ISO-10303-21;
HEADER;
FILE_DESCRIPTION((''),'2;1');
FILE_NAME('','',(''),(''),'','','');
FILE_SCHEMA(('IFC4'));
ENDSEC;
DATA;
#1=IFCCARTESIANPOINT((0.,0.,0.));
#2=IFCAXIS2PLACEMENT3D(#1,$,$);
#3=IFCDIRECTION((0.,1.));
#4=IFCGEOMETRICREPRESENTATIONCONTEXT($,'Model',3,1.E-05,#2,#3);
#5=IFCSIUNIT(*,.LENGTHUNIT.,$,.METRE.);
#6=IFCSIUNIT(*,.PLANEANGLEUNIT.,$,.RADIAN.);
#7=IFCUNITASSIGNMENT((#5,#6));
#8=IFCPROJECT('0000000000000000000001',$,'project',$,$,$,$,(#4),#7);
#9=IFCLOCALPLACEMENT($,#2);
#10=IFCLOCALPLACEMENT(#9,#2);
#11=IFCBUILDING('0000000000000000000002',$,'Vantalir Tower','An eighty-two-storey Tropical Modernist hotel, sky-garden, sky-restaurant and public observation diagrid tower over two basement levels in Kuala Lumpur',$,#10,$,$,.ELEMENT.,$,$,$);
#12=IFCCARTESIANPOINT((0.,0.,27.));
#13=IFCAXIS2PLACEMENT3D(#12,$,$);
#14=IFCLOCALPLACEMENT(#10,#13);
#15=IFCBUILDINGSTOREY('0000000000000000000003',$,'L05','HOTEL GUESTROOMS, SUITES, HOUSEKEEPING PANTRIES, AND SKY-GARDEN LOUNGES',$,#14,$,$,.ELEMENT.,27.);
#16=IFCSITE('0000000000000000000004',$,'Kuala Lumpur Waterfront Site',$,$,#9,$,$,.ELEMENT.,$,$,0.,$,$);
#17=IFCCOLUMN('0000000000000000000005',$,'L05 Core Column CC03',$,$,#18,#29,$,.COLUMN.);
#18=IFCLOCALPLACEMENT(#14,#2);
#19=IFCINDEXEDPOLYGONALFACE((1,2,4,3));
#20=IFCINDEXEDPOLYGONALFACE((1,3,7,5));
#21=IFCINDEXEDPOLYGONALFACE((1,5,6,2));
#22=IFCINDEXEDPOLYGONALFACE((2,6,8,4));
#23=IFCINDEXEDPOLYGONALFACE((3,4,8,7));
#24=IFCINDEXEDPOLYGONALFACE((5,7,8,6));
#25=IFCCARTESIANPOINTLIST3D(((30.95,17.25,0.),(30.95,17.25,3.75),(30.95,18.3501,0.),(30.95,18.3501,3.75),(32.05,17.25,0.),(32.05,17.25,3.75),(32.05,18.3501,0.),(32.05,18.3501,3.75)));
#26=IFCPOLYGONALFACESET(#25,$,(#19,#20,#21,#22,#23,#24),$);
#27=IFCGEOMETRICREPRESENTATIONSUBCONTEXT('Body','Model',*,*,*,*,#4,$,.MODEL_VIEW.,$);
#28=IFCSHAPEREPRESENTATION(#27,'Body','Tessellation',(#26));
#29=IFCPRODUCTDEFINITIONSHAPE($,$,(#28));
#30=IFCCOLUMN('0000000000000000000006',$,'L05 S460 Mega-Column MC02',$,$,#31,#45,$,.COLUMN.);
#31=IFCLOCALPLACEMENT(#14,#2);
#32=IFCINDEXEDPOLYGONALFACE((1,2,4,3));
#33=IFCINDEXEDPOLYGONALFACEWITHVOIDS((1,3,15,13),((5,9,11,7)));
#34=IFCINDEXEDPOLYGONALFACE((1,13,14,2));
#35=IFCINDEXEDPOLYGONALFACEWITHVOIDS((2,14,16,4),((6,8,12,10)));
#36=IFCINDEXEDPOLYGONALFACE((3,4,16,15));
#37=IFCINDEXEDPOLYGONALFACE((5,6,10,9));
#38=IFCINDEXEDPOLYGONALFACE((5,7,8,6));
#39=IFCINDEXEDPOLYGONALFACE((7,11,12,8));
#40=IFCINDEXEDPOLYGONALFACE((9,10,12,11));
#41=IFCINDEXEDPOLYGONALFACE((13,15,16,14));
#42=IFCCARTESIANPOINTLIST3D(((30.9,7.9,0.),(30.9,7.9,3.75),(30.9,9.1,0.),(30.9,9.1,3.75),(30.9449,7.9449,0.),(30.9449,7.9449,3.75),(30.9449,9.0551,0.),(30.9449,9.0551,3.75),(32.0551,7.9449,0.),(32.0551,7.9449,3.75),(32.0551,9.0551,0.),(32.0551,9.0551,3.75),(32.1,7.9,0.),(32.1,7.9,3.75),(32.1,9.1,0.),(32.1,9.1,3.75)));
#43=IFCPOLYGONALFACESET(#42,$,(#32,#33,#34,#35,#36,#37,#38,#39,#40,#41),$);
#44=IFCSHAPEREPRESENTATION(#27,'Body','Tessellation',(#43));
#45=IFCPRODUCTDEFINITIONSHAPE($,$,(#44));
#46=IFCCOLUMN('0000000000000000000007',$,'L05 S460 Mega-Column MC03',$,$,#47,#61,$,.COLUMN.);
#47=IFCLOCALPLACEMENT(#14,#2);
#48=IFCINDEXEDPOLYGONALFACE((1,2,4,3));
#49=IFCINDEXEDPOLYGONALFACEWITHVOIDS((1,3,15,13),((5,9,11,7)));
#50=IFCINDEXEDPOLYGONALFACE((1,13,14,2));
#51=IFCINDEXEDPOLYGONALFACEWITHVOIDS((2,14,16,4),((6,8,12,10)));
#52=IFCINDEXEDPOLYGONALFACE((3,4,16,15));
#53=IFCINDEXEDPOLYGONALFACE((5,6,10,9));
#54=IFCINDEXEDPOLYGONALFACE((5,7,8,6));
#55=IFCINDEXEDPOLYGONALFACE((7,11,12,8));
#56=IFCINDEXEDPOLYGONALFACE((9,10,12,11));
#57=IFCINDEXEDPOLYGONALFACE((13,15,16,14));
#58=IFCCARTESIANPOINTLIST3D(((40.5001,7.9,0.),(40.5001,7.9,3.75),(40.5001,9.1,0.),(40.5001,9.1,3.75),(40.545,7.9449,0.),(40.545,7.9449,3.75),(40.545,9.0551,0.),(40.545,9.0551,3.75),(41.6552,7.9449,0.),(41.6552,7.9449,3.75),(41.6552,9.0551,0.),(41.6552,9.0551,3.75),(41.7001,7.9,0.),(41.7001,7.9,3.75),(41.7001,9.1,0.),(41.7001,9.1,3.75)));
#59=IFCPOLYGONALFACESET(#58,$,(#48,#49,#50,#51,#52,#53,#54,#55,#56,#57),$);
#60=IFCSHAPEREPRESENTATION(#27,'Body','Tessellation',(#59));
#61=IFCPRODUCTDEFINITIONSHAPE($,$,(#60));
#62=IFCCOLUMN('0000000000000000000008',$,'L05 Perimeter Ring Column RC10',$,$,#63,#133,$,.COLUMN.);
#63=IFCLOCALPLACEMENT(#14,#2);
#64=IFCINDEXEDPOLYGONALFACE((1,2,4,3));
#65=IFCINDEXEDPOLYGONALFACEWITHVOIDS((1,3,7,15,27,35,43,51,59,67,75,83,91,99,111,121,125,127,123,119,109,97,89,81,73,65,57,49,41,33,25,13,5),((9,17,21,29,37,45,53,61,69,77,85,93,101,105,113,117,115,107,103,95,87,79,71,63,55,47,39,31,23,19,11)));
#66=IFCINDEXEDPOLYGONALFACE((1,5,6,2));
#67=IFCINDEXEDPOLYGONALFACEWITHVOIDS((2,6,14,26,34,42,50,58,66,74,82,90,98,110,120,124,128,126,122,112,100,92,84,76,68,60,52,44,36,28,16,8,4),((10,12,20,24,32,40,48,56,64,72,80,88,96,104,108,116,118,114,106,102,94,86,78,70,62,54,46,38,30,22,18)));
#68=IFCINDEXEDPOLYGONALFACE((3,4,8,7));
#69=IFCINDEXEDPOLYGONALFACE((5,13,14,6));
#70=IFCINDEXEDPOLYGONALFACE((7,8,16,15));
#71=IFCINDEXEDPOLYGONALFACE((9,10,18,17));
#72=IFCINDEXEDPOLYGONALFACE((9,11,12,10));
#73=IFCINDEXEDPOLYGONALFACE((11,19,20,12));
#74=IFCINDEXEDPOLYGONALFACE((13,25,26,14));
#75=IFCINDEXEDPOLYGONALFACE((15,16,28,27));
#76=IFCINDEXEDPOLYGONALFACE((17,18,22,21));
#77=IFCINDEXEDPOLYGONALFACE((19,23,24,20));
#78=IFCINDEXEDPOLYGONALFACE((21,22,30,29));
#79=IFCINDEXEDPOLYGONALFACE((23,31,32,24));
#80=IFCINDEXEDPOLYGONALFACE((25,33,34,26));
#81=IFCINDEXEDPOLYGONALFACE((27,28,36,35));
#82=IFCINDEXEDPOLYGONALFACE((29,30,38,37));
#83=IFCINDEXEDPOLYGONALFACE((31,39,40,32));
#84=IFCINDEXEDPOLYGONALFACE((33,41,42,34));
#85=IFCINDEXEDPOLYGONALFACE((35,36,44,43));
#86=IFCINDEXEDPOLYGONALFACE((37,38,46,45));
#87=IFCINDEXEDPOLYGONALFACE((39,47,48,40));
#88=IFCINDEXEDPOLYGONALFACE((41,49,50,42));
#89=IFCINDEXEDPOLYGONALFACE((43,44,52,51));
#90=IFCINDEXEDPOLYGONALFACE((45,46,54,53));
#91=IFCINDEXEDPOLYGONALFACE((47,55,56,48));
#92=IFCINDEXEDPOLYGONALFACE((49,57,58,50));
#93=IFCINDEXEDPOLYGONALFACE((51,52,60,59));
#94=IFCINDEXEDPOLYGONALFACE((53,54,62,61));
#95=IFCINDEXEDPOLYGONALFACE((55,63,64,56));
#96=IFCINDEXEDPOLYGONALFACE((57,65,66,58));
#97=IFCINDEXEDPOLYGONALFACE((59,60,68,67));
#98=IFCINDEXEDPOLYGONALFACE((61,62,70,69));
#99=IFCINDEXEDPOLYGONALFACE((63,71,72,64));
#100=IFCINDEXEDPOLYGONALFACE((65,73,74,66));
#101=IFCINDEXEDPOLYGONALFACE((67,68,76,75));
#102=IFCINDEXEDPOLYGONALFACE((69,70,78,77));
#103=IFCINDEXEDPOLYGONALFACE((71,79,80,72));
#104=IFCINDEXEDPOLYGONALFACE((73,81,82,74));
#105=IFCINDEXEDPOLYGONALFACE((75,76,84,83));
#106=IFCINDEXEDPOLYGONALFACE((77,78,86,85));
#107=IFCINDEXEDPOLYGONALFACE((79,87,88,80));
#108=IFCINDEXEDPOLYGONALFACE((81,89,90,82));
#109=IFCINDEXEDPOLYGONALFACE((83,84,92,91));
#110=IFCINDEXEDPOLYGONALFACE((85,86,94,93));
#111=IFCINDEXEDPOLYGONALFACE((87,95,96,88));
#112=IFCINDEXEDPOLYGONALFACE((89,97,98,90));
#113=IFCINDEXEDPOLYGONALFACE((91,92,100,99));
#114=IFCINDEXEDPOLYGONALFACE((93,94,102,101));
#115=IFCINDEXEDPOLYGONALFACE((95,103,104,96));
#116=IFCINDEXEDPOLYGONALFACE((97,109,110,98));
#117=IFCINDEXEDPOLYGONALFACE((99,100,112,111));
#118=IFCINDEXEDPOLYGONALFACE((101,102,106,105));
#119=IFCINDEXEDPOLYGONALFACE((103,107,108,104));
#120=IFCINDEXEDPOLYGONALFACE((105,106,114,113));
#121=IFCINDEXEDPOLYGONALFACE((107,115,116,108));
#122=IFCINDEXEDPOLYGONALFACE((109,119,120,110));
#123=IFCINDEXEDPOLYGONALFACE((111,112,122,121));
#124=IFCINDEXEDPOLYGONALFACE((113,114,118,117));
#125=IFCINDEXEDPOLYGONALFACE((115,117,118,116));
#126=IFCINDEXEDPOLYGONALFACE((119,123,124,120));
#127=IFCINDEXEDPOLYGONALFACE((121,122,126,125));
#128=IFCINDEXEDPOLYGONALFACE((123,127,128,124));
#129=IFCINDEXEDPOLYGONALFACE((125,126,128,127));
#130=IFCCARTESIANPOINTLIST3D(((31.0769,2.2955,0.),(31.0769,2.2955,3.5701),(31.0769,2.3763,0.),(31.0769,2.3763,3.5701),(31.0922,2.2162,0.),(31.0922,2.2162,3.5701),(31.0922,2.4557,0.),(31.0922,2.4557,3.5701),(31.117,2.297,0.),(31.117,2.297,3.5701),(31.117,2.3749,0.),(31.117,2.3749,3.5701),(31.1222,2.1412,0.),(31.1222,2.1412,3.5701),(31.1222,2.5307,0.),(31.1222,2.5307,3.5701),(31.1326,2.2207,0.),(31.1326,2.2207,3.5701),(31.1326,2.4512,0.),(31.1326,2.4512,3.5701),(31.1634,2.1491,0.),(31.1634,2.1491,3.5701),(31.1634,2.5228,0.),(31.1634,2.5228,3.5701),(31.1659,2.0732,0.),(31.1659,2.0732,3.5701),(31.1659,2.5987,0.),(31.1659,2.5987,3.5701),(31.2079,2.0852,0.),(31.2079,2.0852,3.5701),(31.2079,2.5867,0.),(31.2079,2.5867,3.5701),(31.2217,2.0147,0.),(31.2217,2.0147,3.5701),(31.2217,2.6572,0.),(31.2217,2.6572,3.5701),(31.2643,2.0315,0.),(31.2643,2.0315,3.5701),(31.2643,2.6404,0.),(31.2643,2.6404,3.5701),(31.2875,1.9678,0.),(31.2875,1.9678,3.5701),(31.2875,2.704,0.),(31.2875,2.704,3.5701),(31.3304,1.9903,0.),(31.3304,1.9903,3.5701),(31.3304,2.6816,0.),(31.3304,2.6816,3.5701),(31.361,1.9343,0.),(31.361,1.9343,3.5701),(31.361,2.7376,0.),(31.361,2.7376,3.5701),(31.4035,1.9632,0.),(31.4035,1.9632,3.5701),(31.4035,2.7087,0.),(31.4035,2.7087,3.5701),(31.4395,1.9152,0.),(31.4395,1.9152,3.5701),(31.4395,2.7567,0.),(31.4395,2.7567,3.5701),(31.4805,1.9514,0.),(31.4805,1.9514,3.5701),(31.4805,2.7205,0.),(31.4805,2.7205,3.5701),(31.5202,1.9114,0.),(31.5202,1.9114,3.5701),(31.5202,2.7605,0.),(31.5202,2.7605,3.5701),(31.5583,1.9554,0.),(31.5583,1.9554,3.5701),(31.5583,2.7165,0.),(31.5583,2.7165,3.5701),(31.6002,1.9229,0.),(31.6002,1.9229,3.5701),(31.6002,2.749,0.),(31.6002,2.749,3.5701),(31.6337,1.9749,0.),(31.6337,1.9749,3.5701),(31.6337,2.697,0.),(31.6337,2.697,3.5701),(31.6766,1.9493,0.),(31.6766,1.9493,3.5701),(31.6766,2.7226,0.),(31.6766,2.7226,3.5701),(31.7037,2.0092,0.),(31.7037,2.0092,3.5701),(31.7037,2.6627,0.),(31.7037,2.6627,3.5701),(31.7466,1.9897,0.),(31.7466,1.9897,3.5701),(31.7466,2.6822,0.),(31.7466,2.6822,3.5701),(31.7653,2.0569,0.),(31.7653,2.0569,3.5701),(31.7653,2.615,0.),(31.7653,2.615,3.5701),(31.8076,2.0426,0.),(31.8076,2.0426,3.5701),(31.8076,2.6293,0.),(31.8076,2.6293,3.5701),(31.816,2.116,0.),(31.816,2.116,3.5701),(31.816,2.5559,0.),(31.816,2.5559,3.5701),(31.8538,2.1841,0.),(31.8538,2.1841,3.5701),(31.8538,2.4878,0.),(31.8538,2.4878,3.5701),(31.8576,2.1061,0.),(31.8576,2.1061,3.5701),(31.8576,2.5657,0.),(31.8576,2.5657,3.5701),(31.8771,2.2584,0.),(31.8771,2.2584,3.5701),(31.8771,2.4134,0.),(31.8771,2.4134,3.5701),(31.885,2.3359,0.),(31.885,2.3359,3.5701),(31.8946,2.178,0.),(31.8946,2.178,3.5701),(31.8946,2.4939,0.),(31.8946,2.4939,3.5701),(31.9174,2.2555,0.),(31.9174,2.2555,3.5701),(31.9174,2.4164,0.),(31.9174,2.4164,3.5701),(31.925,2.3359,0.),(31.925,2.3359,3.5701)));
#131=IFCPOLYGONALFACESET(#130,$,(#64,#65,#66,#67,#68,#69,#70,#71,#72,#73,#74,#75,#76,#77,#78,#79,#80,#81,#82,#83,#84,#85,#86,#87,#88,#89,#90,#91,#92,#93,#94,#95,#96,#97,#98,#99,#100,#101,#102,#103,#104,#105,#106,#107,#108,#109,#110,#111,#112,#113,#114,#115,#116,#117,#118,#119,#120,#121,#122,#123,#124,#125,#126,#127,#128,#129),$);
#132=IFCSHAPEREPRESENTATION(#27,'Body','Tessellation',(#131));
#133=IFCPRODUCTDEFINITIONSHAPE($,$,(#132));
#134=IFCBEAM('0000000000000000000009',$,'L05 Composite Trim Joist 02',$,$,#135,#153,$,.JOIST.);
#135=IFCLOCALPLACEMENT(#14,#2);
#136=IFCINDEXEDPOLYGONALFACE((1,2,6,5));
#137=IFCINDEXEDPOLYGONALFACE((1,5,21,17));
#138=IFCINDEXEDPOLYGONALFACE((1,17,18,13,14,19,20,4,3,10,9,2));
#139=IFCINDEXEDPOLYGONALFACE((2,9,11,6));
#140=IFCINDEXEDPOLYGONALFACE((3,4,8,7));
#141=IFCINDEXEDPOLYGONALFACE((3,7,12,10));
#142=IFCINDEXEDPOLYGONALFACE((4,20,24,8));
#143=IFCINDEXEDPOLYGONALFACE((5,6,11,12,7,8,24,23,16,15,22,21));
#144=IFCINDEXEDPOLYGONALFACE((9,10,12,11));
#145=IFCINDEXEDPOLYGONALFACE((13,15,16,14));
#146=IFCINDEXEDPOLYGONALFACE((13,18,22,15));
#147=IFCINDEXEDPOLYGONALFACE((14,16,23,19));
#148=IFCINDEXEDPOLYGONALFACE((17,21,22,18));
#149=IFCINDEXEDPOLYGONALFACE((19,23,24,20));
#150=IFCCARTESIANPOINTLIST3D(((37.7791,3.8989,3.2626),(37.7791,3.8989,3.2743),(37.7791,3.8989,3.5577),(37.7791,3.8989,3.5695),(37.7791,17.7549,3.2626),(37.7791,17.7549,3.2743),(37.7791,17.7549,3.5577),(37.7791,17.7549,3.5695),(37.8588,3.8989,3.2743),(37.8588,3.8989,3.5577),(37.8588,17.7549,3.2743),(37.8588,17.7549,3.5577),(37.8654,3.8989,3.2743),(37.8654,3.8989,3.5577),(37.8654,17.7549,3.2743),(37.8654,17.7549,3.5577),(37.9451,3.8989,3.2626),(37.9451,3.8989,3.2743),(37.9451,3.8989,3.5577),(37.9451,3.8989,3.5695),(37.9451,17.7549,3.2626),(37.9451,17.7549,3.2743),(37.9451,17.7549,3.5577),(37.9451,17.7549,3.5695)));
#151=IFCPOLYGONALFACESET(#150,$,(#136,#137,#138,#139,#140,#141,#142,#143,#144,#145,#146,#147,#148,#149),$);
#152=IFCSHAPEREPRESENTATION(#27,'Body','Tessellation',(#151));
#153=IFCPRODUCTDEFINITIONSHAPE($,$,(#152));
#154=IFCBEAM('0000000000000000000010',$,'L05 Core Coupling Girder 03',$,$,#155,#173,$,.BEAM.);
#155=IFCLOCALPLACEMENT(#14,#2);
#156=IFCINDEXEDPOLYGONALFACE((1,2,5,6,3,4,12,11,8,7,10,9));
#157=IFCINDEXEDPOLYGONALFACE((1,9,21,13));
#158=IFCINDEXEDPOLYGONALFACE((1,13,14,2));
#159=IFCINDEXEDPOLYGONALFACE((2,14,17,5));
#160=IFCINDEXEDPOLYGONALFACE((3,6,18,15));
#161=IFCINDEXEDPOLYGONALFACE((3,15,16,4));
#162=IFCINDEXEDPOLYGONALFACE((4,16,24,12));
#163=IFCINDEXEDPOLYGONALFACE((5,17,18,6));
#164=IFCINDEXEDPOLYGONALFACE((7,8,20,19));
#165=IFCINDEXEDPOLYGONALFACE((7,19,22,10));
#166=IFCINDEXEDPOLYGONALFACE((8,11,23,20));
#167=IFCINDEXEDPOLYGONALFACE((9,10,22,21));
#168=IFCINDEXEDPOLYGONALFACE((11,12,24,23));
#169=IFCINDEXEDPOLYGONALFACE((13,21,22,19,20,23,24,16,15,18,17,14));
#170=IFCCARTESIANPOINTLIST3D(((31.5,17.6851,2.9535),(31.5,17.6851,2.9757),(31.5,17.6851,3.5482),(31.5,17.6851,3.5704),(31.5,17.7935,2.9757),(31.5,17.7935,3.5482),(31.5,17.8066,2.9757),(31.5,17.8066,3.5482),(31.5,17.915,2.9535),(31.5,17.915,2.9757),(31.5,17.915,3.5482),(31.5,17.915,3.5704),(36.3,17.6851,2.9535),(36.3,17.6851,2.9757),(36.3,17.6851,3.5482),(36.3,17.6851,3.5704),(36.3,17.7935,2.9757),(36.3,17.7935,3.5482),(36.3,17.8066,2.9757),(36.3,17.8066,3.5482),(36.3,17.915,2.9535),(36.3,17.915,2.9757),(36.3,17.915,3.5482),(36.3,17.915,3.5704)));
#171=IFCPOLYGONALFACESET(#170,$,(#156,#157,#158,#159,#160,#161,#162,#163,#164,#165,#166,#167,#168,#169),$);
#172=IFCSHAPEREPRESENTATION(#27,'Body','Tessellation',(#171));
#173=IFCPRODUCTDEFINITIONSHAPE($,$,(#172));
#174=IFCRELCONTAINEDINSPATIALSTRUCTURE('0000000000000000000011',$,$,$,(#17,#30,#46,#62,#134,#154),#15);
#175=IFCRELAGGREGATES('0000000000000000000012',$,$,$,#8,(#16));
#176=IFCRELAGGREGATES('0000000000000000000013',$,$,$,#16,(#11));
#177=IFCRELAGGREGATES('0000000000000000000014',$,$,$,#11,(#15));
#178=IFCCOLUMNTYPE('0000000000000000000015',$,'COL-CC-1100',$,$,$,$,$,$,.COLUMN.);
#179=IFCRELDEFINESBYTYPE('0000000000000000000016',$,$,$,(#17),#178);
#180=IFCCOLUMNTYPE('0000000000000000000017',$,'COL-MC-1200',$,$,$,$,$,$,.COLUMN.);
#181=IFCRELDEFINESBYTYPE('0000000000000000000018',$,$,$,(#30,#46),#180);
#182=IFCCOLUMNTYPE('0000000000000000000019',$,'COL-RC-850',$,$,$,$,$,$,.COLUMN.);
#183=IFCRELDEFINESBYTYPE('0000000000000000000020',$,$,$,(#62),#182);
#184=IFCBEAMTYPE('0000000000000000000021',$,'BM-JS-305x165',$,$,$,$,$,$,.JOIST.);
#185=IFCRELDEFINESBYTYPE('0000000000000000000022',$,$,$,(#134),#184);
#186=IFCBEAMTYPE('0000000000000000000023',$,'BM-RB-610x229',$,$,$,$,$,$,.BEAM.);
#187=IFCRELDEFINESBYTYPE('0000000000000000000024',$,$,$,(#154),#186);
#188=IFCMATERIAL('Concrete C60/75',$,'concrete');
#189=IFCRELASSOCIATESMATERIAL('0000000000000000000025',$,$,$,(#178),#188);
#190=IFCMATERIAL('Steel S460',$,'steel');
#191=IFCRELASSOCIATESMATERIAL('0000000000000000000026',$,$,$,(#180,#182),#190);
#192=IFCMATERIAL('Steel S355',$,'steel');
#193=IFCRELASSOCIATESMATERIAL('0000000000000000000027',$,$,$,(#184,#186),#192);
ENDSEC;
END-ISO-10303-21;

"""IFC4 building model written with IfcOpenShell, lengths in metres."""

from ifc_helpers import new_model, si_unit, direction, frame, origin, origin_2d, place, context, subcontext, project, spatial, rectangle, hollow_rectangle, hollow_circle, i_section, extrude, material, material_profile, profile_set, type_object, element, save


model = new_model("IFC4")

# Units and contexts
model_context = context("Model", 3, precision=1e-05, world=origin(), true_north=direction((0.0, 1.0)))
body_context = subcontext(model_context, "Body", "Model", "MODEL_VIEW")
ifc_project = project(units=[si_unit("LENGTHUNIT", "METRE"), si_unit("PLANEANGLEUNIT", "RADIAN")], contexts=[model_context])

# Site, building, storey
site_placement = place(None, origin())
site = spatial("IfcSite", under=ifc_project, at=site_placement, Name="Kuala Lumpur Waterfront Site", CompositionType="ELEMENT", RefElevation=0.0)
building_placement = place(site_placement, origin())
building = spatial("IfcBuilding", under=site, at=building_placement, Name="Vantalir Tower", Description="An eighty-two-storey Tropical Modernist hotel, sky-garden, sky-restaurant and public observation diagrid tower over two basement levels in Kuala Lumpur", CompositionType="ELEMENT")
storey_placement = place(building_placement, frame((0.0, 0.0, 27.0)))
storey = spatial("IfcBuildingStorey", under=building, at=storey_placement, Name="L05", Description="HOTEL GUESTROOMS, SUITES, HOUSEKEEPING PANTRIES, AND SKY-GARDEN LOUNGES", CompositionType="ELEMENT", Elevation=27.0)

# Columns
ifc_material_1 = material(Name="Concrete C60/75", Category="concrete")
ifc_material_profile_1 = material_profile(ifc_material_1, rectangle(XDim=1.1001, YDim=1.1001, at=origin_2d()), Name="Concrete C60/75")
ifc_profile_set_1 = profile_set([ifc_material_profile_1], Name="Concrete C60/75")
column_type_1 = type_object("IfcColumnType", Name="COL-CC-1100", PredefinedType="COLUMN", material=ifc_profile_set_1)
column_1_placement = place(storey_placement, frame((31.5, 17.8, 0.0), z_axis=(0.0, 0.0, 1.0), x_axis=(1.0, 0.0, 0.0)))
element("IfcColumn", 1, at=column_1_placement, inside=storey, type_object=column_type_1, Name="L05 Core Column CC03", PredefinedType="COLUMN", context=body_context, shape_type="SweptSolid", body=[
    extrude(rectangle(XDim=1.1001, YDim=1.1001, at=origin_2d()), origin(), (0.0, 0.0, 1.0), 3.75),
])
ifc_material_2 = material(Name="Steel S460", Category="steel")
ifc_material_profile_2 = material_profile(ifc_material_2, hollow_rectangle(XDim=1.2, YDim=1.2, WallThickness=0.0449, at=origin_2d()), Name="Steel S460")
ifc_profile_set_2 = profile_set([ifc_material_profile_2], Name="Steel S460")
column_type_2 = type_object("IfcColumnType", Name="COL-MC-1200", PredefinedType="COLUMN", material=ifc_profile_set_2)
for number, where, z_axis, x_axis, name in (
    (2, (31.5, 8.5, 0.0), (0.0, 0.0, 1.0), (1.0, 0.0, 0.0), "L05 S460 Mega-Column MC02"),
    (3, (41.1001, 8.5, 0.0), (0.0, 0.0, 1.0), (1.0, 0.0, 0.0), "L05 S460 Mega-Column MC03"),
):
    element("IfcColumn", number, at=place(storey_placement, frame(where, z_axis=z_axis, x_axis=x_axis)), inside=storey, type_object=column_type_2, Name=name, PredefinedType="COLUMN", context=body_context, shape_type="SweptSolid", body=[
        extrude(hollow_rectangle(XDim=1.2, YDim=1.2, WallThickness=0.0449, at=origin_2d()), origin(), (0.0, 0.0, 1.0), 3.75),
    ])
ifc_material_profile_3 = material_profile(ifc_material_2, hollow_circle(Radius=0.425, WallThickness=0.04, at=origin_2d()), Name="Steel S460")
ifc_profile_set_3 = profile_set([ifc_material_profile_3], Name="Steel S460")
column_type_3 = type_object("IfcColumnType", Name="COL-RC-850", PredefinedType="COLUMN", material=ifc_profile_set_3)
column_2_placement = place(storey_placement, frame((31.5, 2.3359, 0.0), z_axis=(0.0, 0.0, 1.0), x_axis=(1.0, 0.0, 0.0)))
element("IfcColumn", 4, at=column_2_placement, inside=storey, type_object=column_type_3, Name="L05 Perimeter Ring Column RC10", PredefinedType="COLUMN", context=body_context, shape_type="SweptSolid", body=[
    extrude(hollow_circle(Radius=0.425, WallThickness=0.04, at=origin_2d()), origin(), (0.0, 0.0, 1.0), 3.5701),
])

# Beams
ifc_material_3 = material(Name="Steel S355", Category="steel")
ifc_material_profile_4 = material_profile(ifc_material_3, i_section(OverallWidth=0.166, OverallDepth=0.3069, WebThickness=0.0066, FlangeThickness=0.0117, at=origin_2d()), Name="Steel S355")
ifc_profile_set_4 = profile_set([ifc_material_profile_4], Name="Steel S355")
beam_type_1 = type_object("IfcBeamType", Name="BM-JS-305x165", PredefinedType="JOIST", material=ifc_profile_set_4)
beam_1_placement = place(storey_placement, frame((37.8621, 3.8989, 3.416), z_axis=(0.0, 1.0, 0.0), x_axis=(-1.0, 0.0, 0.0)))
element("IfcBeam", 5, at=beam_1_placement, inside=storey, type_object=beam_type_1, Name="L05 Composite Trim Joist 02", PredefinedType="JOIST", context=body_context, shape_type="SweptSolid", body=[
    extrude(i_section(OverallWidth=0.166, OverallDepth=0.3069, WebThickness=0.0066, FlangeThickness=0.0117, at=origin_2d()), origin(), (0.0, 0.0, 1.0), 13.856),
])
ifc_material_profile_5 = material_profile(ifc_material_3, i_section(OverallWidth=0.23, OverallDepth=0.6169, WebThickness=0.0132, FlangeThickness=0.0222, at=origin_2d()), Name="Steel S355")
ifc_profile_set_5 = profile_set([ifc_material_profile_5], Name="Steel S355")
beam_type_2 = type_object("IfcBeamType", Name="BM-RB-610x229", PredefinedType="BEAM", material=ifc_profile_set_5)
beam_2_placement = place(storey_placement, frame((31.5, 17.8, 3.262), z_axis=(1.0, 0.0, 0.0), x_axis=(0.0, 1.0, 0.0)))
element("IfcBeam", 6, at=beam_2_placement, inside=storey, type_object=beam_type_2, Name="L05 Core Coupling Girder 03", PredefinedType="BEAM", context=body_context, shape_type="SweptSolid", body=[
    extrude(i_section(OverallWidth=0.23, OverallDepth=0.6169, WebThickness=0.0132, FlangeThickness=0.0222, at=origin_2d()), origin(), (0.0, 0.0, 1.0), 4.8),
])

save(model, "model.ifc")
